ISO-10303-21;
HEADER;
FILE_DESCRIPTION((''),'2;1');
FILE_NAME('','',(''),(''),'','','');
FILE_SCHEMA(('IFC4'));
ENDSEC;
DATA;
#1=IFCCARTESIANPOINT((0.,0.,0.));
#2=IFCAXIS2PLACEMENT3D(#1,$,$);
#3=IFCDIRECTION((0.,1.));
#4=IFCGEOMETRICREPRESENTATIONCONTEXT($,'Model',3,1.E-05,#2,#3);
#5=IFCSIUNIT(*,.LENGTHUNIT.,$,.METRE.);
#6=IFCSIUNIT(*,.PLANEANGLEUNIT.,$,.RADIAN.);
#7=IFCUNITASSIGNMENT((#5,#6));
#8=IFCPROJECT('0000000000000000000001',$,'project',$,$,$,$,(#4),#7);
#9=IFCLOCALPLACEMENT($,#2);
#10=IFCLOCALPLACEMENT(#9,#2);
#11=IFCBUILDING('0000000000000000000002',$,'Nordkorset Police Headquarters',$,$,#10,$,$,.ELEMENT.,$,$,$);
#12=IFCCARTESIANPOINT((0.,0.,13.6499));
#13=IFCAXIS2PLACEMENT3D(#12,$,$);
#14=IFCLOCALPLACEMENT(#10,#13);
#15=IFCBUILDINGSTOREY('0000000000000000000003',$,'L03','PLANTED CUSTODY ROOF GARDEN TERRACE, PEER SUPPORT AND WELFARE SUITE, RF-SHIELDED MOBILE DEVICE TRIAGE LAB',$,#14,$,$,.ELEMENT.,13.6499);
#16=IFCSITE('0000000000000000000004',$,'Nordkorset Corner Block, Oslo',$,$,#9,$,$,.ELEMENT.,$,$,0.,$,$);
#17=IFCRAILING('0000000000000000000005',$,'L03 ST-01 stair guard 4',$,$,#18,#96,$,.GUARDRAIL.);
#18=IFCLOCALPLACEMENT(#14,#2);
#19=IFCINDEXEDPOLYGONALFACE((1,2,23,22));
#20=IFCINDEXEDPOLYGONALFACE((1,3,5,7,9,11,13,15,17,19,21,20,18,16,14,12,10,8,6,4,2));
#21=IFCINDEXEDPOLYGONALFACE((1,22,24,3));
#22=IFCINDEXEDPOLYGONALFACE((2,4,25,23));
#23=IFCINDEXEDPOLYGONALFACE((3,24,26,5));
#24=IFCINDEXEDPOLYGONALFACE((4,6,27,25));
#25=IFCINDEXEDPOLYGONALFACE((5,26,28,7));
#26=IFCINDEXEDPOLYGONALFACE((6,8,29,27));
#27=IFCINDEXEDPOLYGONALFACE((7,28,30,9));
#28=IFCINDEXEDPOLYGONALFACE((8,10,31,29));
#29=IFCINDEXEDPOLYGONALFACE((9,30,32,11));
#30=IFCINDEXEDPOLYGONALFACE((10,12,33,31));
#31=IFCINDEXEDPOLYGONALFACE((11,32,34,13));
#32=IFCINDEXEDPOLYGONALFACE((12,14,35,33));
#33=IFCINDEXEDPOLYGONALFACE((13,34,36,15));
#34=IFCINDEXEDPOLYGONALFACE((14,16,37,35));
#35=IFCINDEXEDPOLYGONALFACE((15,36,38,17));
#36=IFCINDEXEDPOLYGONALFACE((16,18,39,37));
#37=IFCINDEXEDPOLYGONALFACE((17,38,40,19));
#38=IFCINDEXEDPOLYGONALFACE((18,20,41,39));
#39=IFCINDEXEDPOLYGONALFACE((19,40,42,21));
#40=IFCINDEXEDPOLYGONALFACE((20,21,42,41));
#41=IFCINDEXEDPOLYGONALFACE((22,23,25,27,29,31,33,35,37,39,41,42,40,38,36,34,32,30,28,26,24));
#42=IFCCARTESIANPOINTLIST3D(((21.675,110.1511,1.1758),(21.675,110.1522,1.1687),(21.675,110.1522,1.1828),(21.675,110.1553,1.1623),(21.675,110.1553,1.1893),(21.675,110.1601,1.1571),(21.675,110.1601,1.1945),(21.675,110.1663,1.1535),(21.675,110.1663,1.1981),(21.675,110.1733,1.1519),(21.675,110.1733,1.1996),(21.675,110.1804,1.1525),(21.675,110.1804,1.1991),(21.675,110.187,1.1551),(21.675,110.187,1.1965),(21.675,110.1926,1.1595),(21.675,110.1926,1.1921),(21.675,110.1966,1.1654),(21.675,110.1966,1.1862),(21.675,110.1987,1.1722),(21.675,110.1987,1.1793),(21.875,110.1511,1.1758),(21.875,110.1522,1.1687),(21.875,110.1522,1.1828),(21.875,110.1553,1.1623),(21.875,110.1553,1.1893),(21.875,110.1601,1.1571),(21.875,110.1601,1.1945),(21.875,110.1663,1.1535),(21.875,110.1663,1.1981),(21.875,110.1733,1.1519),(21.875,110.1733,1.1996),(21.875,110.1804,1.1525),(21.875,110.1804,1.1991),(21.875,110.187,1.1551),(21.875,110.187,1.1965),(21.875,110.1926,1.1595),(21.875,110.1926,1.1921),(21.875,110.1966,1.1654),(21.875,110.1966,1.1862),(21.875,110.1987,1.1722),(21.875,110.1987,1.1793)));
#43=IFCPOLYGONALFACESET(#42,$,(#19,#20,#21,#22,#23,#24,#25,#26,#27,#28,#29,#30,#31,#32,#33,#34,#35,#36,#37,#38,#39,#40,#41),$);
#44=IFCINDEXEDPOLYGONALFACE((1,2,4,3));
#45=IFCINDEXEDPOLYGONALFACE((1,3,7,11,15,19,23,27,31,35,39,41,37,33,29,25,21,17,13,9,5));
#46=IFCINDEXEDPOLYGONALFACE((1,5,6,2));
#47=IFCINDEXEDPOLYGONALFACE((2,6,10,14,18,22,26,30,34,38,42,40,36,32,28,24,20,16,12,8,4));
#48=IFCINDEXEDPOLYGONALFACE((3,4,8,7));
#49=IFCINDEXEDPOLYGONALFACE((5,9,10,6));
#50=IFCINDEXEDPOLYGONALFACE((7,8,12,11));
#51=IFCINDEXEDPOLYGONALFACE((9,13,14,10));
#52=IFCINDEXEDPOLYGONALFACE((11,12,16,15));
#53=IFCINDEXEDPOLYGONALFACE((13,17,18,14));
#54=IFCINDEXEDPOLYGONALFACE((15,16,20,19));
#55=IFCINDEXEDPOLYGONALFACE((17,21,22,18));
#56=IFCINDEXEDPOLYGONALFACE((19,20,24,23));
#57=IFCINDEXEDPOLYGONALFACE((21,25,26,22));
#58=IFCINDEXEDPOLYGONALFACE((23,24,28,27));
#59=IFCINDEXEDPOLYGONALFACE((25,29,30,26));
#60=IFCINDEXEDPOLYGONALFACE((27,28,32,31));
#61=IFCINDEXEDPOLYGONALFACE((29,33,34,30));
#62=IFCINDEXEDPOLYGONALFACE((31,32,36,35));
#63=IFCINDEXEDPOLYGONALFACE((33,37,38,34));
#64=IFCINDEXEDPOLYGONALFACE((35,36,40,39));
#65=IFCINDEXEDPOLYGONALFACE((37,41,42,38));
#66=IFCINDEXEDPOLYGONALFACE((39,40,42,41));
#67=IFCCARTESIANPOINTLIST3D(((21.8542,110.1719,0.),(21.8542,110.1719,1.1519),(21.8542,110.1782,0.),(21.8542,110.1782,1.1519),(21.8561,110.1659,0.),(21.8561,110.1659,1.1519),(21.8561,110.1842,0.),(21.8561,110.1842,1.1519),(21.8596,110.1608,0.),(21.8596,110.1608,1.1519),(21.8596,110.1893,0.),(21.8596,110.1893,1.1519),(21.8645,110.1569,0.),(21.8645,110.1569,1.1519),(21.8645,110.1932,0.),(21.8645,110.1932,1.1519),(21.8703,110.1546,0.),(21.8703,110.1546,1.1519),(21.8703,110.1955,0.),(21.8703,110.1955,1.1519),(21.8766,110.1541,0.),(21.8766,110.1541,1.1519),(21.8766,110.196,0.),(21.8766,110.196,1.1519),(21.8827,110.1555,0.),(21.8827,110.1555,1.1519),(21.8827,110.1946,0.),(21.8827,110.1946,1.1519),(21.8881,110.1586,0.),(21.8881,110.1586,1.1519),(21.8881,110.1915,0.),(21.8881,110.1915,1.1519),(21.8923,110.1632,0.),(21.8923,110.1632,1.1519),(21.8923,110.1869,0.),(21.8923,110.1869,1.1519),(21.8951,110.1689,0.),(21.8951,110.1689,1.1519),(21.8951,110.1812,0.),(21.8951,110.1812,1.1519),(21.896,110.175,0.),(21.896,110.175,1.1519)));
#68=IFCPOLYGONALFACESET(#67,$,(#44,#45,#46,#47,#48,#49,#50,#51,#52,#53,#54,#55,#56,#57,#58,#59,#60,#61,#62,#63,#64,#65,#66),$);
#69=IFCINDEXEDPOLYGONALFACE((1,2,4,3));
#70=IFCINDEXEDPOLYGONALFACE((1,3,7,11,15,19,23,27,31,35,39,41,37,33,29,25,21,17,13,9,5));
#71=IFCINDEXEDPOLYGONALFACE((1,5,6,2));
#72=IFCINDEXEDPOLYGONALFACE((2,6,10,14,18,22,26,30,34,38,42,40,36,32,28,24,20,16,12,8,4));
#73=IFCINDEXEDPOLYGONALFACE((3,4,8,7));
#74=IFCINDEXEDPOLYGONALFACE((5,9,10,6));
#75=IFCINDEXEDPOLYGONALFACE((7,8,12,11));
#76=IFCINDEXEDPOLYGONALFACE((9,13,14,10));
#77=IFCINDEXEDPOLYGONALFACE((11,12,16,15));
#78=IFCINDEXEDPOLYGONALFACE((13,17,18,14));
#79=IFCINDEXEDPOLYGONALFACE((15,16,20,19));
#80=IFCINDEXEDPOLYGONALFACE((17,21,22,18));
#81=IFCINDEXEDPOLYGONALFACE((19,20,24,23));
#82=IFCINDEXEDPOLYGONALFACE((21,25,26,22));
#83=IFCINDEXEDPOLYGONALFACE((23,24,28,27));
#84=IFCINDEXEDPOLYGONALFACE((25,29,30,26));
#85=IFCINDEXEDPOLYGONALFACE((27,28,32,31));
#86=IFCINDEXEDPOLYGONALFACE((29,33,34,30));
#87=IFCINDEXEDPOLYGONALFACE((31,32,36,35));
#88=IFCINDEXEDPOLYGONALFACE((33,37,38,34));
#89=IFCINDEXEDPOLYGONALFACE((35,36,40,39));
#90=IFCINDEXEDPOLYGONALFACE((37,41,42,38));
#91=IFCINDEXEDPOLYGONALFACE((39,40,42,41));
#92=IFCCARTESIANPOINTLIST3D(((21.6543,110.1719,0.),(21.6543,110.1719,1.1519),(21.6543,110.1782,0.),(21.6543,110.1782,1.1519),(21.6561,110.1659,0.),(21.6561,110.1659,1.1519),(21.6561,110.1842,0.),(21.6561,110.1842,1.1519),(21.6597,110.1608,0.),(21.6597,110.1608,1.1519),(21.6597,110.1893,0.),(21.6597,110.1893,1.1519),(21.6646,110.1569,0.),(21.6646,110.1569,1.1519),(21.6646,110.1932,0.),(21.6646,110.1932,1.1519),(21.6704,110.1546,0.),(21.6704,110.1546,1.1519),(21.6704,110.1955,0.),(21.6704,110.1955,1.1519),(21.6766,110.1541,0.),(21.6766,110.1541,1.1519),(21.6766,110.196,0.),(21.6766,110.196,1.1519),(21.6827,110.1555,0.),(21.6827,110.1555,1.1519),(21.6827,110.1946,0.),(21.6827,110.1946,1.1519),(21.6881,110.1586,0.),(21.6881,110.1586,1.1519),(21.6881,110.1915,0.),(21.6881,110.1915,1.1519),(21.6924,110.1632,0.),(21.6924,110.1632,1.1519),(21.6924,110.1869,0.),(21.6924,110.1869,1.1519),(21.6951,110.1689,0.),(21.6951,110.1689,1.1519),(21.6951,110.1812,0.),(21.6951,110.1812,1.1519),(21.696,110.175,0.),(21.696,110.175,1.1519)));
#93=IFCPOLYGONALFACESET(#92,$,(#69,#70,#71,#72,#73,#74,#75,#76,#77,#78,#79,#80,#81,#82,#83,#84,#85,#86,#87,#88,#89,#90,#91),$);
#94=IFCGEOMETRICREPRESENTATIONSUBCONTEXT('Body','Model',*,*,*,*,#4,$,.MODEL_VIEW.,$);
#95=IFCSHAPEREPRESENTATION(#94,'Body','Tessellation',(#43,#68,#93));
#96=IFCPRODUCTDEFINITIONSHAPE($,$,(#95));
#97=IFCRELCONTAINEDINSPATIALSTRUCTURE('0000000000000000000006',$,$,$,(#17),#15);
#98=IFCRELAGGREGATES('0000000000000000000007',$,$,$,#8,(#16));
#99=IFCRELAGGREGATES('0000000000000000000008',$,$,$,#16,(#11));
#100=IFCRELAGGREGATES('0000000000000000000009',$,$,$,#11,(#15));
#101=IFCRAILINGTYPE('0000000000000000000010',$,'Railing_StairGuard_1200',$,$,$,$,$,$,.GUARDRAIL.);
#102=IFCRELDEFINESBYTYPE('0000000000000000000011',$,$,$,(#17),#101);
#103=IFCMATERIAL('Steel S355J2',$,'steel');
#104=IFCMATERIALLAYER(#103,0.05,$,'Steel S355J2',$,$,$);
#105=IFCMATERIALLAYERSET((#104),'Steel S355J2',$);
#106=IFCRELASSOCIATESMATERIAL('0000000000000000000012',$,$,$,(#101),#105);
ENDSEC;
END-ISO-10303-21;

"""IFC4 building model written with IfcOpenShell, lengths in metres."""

from ifc_helpers import new_model, si_unit, direction, frame, origin, origin_2d, place, context, subcontext, project, spatial, circle, extrude, material, layer, layer_set, type_object, element, save


model = new_model("IFC4")

# Units and contexts
model_context = context("Model", 3, precision=1e-05, world=origin(), true_north=direction((0.0, 1.0)))
body_context = subcontext(model_context, "Body", "Model", "MODEL_VIEW")
ifc_project = project(units=[si_unit("LENGTHUNIT", "METRE"), si_unit("PLANEANGLEUNIT", "RADIAN")], contexts=[model_context])

# Site, building, storey
site_placement = place(None, origin())
site = spatial("IfcSite", under=ifc_project, at=site_placement, Name="Nordkorset Corner Block, Oslo", CompositionType="ELEMENT", RefElevation=0.0)
building_placement = place(site_placement, origin())
building = spatial("IfcBuilding", under=site, at=building_placement, Name="Nordkorset Police Headquarters", CompositionType="ELEMENT")
storey_placement = place(building_placement, frame((0.0, 0.0, 13.6499)))
storey = spatial("IfcBuildingStorey", under=building, at=storey_placement, Name="L03", Description="PLANTED CUSTODY ROOF GARDEN TERRACE, PEER SUPPORT AND WELFARE SUITE, RF-SHIELDED MOBILE DEVICE TRIAGE LAB", CompositionType="ELEMENT", Elevation=13.6499)

# Railing
ifc_material_1 = material(Name="Steel S355J2", Category="steel")
ifc_layer_1 = layer(ifc_material_1, 0.05, Name="Steel S355J2")
ifc_layer_set_1 = layer_set([ifc_layer_1], Name="Steel S355J2")
railing_type_1 = type_object("IfcRailingType", Name="Railing_StairGuard_1200", PredefinedType="GUARDRAIL", material=ifc_layer_set_1)
railing_1_placement = place(storey_placement, frame((21.875, 110.175, 0.0)))
element("IfcRailing", 1, at=railing_1_placement, inside=storey, type_object=railing_type_1, Name="L03 ST-01 stair guard 4", PredefinedType="GUARDRAIL", context=body_context, shape_type="SweptSolid", body=[
    extrude(circle(Radius=0.0239, at=origin_2d()), frame((0.0, 0.0, 1.1758), z_axis=(-1.0, 0.0, 0.0), x_axis=(0.0, -1.0, 0.0)), (0.0, 0.0, 1.0), 0.2),
    extrude(circle(Radius=0.021, at=origin_2d()), origin(), (0.0, 0.0, 1.0), 1.1519),
    extrude(circle(Radius=0.021, at=origin_2d()), frame((-0.2, 0.0, 0.0)), (0.0, 0.0, 1.0), 1.1519),
])

save(model, "model.ifc")
